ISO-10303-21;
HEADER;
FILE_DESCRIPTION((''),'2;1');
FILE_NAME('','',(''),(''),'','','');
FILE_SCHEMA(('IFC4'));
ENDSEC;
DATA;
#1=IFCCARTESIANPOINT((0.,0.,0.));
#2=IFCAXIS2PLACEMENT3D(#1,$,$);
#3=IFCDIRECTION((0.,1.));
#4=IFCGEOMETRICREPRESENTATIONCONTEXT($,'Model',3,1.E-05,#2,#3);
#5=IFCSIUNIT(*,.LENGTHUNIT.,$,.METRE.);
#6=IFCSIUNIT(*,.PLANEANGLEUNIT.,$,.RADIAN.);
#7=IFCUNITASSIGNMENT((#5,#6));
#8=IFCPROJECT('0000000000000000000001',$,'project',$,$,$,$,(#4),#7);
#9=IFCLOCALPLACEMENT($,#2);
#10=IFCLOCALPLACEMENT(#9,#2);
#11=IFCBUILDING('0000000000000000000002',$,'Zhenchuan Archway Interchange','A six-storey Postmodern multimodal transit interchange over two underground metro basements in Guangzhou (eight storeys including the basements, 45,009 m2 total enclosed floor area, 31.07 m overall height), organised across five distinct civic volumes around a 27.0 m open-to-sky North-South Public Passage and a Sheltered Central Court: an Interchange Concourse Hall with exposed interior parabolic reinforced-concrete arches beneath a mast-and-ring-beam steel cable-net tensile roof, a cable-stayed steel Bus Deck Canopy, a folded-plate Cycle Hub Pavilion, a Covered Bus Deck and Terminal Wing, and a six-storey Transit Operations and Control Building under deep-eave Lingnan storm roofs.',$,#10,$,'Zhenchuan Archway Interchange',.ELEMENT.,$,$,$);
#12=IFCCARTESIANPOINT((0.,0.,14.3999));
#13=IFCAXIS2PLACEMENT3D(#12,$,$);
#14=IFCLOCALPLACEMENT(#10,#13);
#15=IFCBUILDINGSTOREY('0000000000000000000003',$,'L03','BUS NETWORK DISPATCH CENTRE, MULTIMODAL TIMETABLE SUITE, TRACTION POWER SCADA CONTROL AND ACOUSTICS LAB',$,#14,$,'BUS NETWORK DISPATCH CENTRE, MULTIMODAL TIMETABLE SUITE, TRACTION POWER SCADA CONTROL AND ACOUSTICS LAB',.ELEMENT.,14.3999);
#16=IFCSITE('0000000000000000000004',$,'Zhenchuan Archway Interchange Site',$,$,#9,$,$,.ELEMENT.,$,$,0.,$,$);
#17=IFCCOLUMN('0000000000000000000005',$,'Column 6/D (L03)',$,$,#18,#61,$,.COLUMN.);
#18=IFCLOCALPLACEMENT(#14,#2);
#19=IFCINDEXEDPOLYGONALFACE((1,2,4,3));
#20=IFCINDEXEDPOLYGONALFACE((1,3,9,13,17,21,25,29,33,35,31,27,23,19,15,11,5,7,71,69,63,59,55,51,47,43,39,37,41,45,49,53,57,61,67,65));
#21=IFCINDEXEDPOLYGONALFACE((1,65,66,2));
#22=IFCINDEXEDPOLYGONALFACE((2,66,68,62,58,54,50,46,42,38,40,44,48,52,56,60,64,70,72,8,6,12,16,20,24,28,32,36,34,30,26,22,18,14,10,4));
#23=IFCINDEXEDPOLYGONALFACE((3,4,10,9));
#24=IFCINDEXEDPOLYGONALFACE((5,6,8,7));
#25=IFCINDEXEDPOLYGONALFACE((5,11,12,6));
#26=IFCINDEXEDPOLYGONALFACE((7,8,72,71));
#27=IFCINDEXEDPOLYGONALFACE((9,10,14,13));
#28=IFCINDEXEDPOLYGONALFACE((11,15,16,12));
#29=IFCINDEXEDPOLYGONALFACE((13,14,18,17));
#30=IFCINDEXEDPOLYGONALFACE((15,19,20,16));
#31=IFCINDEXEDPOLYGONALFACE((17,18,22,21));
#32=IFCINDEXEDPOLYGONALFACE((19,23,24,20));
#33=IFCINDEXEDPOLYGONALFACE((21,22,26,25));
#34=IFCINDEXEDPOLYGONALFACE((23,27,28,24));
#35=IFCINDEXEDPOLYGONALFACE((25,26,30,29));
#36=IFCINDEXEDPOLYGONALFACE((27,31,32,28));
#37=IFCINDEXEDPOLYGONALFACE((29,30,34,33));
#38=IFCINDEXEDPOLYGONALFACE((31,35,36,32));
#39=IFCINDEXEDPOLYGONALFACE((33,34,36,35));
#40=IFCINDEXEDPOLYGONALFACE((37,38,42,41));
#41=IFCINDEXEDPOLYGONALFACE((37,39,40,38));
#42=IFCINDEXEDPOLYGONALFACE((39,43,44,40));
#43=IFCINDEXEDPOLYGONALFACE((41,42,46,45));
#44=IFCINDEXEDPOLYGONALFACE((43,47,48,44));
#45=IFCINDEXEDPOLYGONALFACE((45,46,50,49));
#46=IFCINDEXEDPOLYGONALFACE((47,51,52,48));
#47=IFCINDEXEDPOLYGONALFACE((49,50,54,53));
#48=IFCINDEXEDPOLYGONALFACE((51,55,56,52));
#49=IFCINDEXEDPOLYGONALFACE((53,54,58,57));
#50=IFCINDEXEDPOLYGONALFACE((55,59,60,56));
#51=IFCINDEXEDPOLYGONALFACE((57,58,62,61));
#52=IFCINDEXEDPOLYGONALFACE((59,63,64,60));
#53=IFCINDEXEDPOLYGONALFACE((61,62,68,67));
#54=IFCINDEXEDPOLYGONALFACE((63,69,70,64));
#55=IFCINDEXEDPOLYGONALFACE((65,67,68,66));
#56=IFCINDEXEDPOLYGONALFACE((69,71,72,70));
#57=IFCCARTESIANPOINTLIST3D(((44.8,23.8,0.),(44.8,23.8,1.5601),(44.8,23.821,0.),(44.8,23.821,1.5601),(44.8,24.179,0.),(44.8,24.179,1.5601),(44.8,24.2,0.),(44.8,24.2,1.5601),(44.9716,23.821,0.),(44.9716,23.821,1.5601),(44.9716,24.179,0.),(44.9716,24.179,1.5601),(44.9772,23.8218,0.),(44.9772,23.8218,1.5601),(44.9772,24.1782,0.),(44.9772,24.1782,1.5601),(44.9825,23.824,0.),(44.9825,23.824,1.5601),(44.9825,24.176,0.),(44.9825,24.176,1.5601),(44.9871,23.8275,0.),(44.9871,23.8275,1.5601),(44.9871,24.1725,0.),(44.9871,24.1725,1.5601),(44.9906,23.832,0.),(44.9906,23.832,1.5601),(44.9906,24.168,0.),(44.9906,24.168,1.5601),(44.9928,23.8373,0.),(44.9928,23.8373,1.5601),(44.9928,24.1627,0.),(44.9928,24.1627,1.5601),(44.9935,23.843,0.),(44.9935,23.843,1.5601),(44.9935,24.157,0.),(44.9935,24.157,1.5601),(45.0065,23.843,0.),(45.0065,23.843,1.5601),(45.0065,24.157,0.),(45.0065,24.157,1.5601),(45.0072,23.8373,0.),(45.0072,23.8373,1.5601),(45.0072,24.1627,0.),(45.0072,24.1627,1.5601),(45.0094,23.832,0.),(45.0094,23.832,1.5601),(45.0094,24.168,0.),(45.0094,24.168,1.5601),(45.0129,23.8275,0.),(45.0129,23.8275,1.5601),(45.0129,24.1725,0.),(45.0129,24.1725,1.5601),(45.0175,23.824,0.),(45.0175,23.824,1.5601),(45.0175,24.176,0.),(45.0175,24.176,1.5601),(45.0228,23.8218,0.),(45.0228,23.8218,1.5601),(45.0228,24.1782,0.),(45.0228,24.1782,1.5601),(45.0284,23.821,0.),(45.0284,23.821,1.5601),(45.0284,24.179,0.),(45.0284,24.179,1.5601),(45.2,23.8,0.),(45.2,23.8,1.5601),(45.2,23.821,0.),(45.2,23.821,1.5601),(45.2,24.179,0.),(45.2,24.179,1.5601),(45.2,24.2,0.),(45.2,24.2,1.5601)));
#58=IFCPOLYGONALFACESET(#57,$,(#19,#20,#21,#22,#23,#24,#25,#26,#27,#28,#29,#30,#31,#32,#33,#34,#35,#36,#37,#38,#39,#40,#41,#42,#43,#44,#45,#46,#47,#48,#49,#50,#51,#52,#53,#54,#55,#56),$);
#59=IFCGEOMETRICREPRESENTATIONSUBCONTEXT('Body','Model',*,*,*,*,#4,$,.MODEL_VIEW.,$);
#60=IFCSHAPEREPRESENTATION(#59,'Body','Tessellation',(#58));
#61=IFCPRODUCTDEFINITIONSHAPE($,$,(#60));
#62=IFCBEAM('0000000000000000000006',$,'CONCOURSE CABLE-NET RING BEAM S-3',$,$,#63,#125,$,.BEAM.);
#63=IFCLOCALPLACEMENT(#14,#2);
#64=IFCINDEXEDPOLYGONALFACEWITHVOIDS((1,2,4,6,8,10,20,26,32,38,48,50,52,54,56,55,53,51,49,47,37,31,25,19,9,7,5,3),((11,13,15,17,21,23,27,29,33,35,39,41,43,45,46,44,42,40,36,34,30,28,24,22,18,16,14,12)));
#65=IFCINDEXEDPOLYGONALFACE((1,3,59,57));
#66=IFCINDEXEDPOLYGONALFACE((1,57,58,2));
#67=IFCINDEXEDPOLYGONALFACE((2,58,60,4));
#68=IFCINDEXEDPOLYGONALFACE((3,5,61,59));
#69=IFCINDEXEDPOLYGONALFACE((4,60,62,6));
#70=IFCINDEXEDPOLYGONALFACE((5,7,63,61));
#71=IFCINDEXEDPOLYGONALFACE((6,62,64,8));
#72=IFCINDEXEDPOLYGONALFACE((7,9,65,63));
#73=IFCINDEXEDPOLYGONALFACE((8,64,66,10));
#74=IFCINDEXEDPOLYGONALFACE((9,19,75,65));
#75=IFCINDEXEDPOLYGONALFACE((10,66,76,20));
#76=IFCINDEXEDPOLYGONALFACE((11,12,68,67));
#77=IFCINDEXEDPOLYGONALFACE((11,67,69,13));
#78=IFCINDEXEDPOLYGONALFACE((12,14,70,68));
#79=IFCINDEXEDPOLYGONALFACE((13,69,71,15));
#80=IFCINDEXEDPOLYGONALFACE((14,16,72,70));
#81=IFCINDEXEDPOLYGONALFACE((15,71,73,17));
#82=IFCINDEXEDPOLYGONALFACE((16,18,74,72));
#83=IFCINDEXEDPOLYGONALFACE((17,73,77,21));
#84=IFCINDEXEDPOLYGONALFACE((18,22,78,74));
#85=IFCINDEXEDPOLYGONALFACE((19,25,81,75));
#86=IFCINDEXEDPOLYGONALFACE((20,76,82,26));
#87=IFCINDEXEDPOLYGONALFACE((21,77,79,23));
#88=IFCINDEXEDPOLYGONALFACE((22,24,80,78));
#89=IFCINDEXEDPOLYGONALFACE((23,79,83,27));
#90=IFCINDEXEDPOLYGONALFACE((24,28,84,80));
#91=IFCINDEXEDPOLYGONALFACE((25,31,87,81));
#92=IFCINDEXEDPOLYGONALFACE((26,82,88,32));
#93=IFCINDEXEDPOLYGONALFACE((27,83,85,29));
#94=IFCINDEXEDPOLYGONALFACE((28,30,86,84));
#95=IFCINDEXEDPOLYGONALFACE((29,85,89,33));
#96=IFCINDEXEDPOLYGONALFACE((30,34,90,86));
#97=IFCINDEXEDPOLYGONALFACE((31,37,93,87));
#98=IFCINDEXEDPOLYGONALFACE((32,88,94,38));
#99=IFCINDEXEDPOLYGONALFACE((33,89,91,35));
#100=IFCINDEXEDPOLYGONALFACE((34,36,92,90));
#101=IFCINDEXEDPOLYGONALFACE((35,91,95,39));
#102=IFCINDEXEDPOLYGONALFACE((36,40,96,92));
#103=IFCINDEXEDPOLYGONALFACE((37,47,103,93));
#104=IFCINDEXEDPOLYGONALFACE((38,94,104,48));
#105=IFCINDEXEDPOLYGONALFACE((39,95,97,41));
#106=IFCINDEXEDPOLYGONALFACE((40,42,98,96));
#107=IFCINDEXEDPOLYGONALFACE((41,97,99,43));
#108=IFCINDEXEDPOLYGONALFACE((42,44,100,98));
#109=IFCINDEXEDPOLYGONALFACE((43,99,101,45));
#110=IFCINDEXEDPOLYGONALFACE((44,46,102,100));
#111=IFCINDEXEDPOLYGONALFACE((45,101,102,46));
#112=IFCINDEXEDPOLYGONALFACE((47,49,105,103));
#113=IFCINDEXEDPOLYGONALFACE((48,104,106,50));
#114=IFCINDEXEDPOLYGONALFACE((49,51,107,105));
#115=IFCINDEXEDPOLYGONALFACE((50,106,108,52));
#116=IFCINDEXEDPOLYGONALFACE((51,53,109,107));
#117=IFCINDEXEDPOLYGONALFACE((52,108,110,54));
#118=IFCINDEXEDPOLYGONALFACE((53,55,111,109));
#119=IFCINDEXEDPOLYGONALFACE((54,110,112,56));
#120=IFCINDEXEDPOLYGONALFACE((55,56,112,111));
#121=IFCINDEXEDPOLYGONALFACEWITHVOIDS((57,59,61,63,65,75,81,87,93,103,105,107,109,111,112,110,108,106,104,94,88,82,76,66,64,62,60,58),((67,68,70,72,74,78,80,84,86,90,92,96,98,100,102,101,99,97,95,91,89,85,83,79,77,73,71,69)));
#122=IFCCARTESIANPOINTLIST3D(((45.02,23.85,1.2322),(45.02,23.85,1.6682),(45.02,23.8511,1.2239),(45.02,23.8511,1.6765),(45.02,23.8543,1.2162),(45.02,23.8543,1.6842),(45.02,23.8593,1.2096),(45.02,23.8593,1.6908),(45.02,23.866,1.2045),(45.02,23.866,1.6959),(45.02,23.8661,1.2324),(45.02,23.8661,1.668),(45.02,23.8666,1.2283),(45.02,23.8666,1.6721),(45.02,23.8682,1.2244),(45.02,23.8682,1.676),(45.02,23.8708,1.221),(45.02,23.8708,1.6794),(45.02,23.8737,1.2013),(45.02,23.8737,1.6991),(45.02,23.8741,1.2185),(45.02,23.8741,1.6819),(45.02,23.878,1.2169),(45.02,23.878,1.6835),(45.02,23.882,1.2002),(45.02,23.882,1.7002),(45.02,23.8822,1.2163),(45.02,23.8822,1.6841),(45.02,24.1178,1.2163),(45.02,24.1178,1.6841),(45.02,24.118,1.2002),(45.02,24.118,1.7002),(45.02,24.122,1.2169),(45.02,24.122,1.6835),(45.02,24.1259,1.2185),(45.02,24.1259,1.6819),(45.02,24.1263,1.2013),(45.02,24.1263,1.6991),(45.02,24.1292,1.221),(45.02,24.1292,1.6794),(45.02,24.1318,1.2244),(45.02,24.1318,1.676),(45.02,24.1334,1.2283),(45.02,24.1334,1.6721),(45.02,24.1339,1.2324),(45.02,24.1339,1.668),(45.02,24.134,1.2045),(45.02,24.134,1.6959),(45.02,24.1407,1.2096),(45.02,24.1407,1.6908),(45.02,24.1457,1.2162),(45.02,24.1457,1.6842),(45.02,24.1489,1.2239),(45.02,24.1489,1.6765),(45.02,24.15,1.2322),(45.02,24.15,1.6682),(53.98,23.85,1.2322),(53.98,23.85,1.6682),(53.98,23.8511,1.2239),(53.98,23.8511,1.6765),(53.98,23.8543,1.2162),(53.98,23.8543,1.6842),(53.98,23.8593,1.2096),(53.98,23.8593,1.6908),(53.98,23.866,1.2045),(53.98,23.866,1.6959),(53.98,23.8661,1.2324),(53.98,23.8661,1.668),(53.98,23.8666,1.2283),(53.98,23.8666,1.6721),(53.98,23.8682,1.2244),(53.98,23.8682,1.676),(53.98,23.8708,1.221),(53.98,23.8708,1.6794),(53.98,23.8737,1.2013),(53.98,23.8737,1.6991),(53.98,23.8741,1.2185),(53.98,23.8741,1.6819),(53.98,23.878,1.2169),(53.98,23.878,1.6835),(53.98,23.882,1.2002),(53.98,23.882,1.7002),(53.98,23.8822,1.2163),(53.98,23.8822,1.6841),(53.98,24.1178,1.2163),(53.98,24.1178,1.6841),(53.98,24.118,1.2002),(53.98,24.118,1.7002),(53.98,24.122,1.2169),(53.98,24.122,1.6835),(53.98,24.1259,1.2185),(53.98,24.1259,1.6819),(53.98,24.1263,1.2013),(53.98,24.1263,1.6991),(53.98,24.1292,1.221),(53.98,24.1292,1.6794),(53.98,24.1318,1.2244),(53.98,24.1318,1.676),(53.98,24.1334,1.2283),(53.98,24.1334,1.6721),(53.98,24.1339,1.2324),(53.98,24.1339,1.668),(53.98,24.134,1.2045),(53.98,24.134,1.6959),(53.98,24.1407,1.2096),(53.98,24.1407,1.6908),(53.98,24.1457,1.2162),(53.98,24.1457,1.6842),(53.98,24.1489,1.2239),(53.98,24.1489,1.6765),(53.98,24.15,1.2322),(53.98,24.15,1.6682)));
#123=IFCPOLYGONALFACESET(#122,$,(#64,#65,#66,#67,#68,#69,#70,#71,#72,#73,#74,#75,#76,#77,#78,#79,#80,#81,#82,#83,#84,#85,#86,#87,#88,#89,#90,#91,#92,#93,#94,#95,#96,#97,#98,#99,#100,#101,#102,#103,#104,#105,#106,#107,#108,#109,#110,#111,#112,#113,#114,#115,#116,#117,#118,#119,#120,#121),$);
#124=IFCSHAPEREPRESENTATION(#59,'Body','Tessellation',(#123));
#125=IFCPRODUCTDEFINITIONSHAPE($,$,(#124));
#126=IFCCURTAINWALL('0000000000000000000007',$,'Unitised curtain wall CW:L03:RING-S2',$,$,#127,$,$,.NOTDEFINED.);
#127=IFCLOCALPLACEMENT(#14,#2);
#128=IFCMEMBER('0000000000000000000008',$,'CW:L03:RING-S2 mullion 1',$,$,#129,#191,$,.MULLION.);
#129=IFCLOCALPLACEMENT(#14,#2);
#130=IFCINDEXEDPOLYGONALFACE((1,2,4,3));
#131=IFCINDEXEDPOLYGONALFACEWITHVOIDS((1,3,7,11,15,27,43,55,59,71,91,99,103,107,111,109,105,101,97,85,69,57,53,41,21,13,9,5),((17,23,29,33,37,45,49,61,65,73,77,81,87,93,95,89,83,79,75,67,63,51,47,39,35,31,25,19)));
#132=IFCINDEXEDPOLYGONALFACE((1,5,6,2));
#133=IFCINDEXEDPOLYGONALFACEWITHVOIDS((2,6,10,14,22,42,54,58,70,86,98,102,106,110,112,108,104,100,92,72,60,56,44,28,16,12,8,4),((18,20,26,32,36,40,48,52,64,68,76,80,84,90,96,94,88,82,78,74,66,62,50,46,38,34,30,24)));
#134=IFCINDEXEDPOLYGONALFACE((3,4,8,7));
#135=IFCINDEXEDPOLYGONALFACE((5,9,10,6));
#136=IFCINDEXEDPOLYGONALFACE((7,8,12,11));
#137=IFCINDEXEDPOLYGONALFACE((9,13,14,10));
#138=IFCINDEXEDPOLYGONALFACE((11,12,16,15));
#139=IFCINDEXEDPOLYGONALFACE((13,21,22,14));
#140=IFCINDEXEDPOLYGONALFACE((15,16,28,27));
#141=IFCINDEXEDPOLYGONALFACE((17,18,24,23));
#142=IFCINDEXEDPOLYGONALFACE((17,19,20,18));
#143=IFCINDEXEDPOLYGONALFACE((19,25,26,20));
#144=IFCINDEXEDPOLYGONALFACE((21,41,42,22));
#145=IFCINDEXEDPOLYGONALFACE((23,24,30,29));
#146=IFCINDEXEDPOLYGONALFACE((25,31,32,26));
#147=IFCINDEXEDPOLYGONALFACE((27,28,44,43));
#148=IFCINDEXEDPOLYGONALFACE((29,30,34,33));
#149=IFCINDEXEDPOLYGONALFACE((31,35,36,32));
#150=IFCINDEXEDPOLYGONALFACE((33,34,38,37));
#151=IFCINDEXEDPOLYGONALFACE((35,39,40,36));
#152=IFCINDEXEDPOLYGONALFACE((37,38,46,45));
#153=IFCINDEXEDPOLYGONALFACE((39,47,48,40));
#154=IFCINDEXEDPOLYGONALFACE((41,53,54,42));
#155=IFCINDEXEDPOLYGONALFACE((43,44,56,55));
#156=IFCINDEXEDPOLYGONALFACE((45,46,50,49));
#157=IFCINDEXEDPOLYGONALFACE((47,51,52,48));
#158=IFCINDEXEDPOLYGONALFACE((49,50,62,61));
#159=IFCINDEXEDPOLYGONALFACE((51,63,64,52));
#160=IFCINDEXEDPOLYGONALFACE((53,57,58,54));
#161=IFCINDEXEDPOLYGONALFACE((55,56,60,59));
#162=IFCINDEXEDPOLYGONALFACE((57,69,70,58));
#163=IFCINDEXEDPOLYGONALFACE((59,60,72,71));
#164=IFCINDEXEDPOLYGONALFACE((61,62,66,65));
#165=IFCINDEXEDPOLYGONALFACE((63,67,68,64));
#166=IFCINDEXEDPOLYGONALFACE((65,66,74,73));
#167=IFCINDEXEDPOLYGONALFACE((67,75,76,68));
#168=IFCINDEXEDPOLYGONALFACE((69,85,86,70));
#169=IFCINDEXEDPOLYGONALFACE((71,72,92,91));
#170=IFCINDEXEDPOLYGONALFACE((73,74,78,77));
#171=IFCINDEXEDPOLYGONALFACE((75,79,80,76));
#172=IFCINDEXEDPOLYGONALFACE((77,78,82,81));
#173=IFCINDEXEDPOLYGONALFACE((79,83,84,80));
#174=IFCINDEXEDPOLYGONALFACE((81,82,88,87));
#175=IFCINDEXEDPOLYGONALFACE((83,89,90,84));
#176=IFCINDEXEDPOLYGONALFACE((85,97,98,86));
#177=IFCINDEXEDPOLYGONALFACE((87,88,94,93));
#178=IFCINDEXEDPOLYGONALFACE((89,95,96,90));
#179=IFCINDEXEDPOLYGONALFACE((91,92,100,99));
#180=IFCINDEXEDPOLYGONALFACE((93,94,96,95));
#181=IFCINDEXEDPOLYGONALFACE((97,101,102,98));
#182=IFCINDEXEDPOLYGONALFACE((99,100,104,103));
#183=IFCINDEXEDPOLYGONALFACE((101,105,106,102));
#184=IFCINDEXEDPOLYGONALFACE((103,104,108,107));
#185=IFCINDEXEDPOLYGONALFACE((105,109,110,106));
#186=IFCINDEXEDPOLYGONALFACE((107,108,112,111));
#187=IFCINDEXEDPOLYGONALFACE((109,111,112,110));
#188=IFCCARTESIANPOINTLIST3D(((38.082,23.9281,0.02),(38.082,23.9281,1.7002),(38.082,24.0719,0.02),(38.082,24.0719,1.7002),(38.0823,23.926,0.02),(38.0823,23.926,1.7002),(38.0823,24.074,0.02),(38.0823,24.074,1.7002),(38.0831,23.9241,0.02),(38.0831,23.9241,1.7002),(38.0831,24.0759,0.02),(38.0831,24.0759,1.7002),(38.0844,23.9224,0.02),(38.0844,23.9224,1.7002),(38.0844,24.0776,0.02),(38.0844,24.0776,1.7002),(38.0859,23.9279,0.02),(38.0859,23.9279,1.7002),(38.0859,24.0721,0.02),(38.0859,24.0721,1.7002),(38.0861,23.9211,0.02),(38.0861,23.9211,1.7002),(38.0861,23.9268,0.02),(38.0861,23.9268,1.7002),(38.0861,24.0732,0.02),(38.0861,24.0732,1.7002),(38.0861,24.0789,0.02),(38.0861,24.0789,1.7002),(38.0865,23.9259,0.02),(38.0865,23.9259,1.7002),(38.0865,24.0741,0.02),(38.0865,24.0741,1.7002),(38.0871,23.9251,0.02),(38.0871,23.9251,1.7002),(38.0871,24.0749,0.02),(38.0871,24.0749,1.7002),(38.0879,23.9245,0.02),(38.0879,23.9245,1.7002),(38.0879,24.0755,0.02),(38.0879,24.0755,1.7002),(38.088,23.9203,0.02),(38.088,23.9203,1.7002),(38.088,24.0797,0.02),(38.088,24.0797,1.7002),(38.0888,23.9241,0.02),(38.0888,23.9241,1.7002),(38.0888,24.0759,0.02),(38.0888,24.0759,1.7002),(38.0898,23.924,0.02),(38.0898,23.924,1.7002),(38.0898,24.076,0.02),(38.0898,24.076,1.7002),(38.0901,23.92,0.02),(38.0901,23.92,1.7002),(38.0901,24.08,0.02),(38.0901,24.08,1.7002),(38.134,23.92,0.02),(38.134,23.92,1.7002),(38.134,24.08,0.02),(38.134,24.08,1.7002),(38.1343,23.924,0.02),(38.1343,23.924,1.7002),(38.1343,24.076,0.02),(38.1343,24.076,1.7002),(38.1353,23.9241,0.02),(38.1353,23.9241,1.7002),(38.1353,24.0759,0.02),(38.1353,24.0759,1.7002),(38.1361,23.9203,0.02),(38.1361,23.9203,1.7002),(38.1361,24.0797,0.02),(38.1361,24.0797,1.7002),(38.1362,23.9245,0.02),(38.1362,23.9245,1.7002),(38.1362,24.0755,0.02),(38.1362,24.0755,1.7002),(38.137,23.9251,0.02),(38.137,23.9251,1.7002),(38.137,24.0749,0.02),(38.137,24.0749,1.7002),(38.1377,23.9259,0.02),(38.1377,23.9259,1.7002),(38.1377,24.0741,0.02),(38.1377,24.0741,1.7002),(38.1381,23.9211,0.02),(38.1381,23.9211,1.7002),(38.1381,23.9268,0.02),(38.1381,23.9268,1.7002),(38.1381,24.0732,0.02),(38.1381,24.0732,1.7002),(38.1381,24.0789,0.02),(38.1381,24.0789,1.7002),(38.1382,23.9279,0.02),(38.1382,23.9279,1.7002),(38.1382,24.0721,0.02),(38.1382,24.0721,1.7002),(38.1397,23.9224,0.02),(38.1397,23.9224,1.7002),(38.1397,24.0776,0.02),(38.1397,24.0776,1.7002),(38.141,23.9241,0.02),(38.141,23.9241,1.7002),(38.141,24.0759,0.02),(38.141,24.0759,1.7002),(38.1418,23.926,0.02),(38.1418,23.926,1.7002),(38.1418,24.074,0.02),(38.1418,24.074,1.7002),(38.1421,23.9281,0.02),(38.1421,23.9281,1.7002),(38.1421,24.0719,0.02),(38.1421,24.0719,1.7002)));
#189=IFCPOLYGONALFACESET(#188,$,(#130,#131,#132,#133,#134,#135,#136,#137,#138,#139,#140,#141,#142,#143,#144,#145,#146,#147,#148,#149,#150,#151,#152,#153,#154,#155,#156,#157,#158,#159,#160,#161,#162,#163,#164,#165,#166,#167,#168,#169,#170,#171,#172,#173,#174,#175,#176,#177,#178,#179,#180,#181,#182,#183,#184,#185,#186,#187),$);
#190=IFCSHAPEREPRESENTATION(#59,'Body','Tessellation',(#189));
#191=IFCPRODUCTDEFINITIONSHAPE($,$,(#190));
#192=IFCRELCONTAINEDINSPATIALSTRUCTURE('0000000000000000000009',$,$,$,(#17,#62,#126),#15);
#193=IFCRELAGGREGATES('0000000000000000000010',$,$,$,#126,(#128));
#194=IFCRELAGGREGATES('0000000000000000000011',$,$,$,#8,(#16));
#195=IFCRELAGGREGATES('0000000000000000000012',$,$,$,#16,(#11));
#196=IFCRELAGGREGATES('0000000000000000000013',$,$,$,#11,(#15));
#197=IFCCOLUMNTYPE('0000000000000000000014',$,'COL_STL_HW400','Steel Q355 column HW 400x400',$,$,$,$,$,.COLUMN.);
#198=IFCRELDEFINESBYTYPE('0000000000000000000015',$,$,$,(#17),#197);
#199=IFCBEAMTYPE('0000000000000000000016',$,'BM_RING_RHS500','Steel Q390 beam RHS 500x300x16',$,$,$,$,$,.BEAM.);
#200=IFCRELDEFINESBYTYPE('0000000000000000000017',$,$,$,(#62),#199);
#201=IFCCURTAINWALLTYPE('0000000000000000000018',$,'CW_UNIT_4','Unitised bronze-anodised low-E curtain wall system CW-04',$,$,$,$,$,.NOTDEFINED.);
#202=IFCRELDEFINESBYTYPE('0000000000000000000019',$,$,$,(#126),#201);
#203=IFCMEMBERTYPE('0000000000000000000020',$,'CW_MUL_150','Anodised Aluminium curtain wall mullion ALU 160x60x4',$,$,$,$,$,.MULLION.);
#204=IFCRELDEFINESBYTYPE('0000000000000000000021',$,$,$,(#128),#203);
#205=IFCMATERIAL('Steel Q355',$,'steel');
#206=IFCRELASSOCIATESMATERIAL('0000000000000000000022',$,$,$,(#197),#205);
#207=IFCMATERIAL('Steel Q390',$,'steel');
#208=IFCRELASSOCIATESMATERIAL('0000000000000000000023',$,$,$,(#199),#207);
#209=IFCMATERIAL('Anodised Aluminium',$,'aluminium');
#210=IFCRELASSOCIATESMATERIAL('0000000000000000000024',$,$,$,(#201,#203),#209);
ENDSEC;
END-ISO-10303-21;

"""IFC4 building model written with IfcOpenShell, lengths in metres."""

from ifc_helpers import new_model, si_unit, direction, frame, origin, origin_2d, place, context, subcontext, project, spatial, hollow_rectangle, i_section, extrude, material, material_profile, profile_set, type_object, element, aggregate, save


model = new_model("IFC4")

# Units and contexts
model_context = context("Model", 3, precision=1e-05, world=origin(), true_north=direction((0.0, 1.0)))
body_context = subcontext(model_context, "Body", "Model", "MODEL_VIEW")
ifc_project = project(units=[si_unit("LENGTHUNIT", "METRE"), si_unit("PLANEANGLEUNIT", "RADIAN")], contexts=[model_context])

# Site, building, storey
site_placement = place(None, origin())
site = spatial("IfcSite", under=ifc_project, at=site_placement, Name="Zhenchuan Archway Interchange Site", CompositionType="ELEMENT", RefElevation=0.0)
building_placement = place(site_placement, origin())
building = spatial("IfcBuilding", under=site, at=building_placement, Name="Zhenchuan Archway Interchange", Description="A six-storey Postmodern multimodal transit interchange over two underground metro basements in Guangzhou (eight storeys including the basements, 45,009 m2 total enclosed floor area, 31.07 m overall height), organised across five distinct civic volumes around a 27.0 m open-to-sky North-South Public Passage and a Sheltered Central Court: an Interchange Concourse Hall with exposed interior parabolic reinforced-concrete arches beneath a mast-and-ring-beam steel cable-net tensile roof, a cable-stayed steel Bus Deck Canopy, a folded-plate Cycle Hub Pavilion, a Covered Bus Deck and Terminal Wing, and a six-storey Transit Operations and Control Building under deep-eave Lingnan storm roofs.", LongName="Zhenchuan Archway Interchange", CompositionType="ELEMENT")
storey_placement = place(building_placement, frame((0.0, 0.0, 14.3999)))
storey = spatial("IfcBuildingStorey", under=building, at=storey_placement, Name="L03", Description="BUS NETWORK DISPATCH CENTRE, MULTIMODAL TIMETABLE SUITE, TRACTION POWER SCADA CONTROL AND ACOUSTICS LAB", LongName="BUS NETWORK DISPATCH CENTRE, MULTIMODAL TIMETABLE SUITE, TRACTION POWER SCADA CONTROL AND ACOUSTICS LAB", CompositionType="ELEMENT", Elevation=14.3999)

# Column
ifc_material_1 = material(Name="Steel Q355", Category="steel")
ifc_material_profile_1 = material_profile(ifc_material_1, i_section(OverallWidth=0.3999, OverallDepth=0.3999, WebThickness=0.0129, FlangeThickness=0.021, FilletRadius=0.022, at=origin_2d()), Name="HW 400x400")
ifc_profile_set_1 = profile_set([ifc_material_profile_1], Name="Steel Q355")
column_type = type_object("IfcColumnType", Name="COL_STL_HW400", Description="Steel Q355 column HW 400x400", PredefinedType="COLUMN", material=ifc_profile_set_1)
column_placement = place(storey_placement, frame((45.0, 24.0, 0.0), z_axis=(0.0, 0.0, 1.0), x_axis=(1.0, 0.0, 0.0)))
element("IfcColumn", 1, at=column_placement, inside=storey, type_object=column_type, Name="Column 6/D (L03)", PredefinedType="COLUMN", context=body_context, shape_type="SweptSolid", body=[
    extrude(i_section(OverallWidth=0.3999, OverallDepth=0.3999, WebThickness=0.0129, FlangeThickness=0.021, FilletRadius=0.022, at=origin_2d()), origin(), (0.0, 0.0, 1.0), 1.5601),
])

# Beam
ifc_material_2 = material(Name="Steel Q390", Category="steel")
ifc_material_profile_2 = material_profile(ifc_material_2, hollow_rectangle(XDim=0.3, YDim=0.5, WallThickness=0.0161, InnerFilletRadius=0.0161, OuterFilletRadius=0.032, at=origin_2d()), Name="RHS 500x300x16")
ifc_profile_set_2 = profile_set([ifc_material_profile_2], Name="Steel Q390")
beam_type = type_object("IfcBeamType", Name="BM_RING_RHS500", Description="Steel Q390 beam RHS 500x300x16", PredefinedType="BEAM", material=ifc_profile_set_2)
beam_placement = place(storey_placement, frame((45.02, 24.0, 1.4502), z_axis=(1.0, 0.0, 0.0), x_axis=(0.0, 1.0, 0.0)))
element("IfcBeam", 2, at=beam_placement, inside=storey, type_object=beam_type, Name="CONCOURSE CABLE-NET RING BEAM S-3", PredefinedType="BEAM", context=body_context, shape_type="SweptSolid", body=[
    extrude(hollow_rectangle(XDim=0.3, YDim=0.5, WallThickness=0.0161, InnerFilletRadius=0.0161, OuterFilletRadius=0.032, at=origin_2d()), origin(), (0.0, 0.0, 1.0), 8.96),
])

# Curtain wall, member
ifc_material_3 = material(Name="Anodised Aluminium", Category="aluminium")
curtain_wall_type = type_object("IfcCurtainWallType", Name="CW_UNIT_4", Description="Unitised bronze-anodised low-E curtain wall system CW-04", PredefinedType="NOTDEFINED", material=ifc_material_3)
curtain_wall_1_placement = place(storey_placement, origin())
curtain_wall_1 = element("IfcCurtainWall", 3, at=curtain_wall_1_placement, inside=storey, type_object=curtain_wall_type, Name="Unitised curtain wall CW:L03:RING-S2", PredefinedType="NOTDEFINED")
ifc_material_profile_3 = material_profile(ifc_material_3, hollow_rectangle(XDim=0.0601, YDim=0.1599, WallThickness=0.0039, InnerFilletRadius=0.0039, OuterFilletRadius=0.0081, at=origin_2d()), Name="ALU 160x60x4")
ifc_profile_set_3 = profile_set([ifc_material_profile_3], Name="Anodised Aluminium")
member_type_1 = type_object("IfcMemberType", Name="CW_MUL_150", Description="Anodised Aluminium curtain wall mullion ALU 160x60x4", PredefinedType="MULLION", material=ifc_profile_set_3)
member_1_placement = place(storey_placement, frame((38.1121, 24.0, 0.02), z_axis=(0.0, 0.0, 1.0), x_axis=(1.0, 0.0, 0.0)))
member_1 = element("IfcMember", 4, at=member_1_placement, type_object=member_type_1, Name="CW:L03:RING-S2 mullion 1", PredefinedType="MULLION", context=body_context, shape_type="SweptSolid", body=[
    extrude(hollow_rectangle(XDim=0.0601, YDim=0.1599, WallThickness=0.0039, InnerFilletRadius=0.0039, OuterFilletRadius=0.0081, at=origin_2d()), origin(), (0.0, 0.0, 1.0), 1.6802),
])

aggregate(curtain_wall_1, [member_1])

save(model, "model.ifc")
